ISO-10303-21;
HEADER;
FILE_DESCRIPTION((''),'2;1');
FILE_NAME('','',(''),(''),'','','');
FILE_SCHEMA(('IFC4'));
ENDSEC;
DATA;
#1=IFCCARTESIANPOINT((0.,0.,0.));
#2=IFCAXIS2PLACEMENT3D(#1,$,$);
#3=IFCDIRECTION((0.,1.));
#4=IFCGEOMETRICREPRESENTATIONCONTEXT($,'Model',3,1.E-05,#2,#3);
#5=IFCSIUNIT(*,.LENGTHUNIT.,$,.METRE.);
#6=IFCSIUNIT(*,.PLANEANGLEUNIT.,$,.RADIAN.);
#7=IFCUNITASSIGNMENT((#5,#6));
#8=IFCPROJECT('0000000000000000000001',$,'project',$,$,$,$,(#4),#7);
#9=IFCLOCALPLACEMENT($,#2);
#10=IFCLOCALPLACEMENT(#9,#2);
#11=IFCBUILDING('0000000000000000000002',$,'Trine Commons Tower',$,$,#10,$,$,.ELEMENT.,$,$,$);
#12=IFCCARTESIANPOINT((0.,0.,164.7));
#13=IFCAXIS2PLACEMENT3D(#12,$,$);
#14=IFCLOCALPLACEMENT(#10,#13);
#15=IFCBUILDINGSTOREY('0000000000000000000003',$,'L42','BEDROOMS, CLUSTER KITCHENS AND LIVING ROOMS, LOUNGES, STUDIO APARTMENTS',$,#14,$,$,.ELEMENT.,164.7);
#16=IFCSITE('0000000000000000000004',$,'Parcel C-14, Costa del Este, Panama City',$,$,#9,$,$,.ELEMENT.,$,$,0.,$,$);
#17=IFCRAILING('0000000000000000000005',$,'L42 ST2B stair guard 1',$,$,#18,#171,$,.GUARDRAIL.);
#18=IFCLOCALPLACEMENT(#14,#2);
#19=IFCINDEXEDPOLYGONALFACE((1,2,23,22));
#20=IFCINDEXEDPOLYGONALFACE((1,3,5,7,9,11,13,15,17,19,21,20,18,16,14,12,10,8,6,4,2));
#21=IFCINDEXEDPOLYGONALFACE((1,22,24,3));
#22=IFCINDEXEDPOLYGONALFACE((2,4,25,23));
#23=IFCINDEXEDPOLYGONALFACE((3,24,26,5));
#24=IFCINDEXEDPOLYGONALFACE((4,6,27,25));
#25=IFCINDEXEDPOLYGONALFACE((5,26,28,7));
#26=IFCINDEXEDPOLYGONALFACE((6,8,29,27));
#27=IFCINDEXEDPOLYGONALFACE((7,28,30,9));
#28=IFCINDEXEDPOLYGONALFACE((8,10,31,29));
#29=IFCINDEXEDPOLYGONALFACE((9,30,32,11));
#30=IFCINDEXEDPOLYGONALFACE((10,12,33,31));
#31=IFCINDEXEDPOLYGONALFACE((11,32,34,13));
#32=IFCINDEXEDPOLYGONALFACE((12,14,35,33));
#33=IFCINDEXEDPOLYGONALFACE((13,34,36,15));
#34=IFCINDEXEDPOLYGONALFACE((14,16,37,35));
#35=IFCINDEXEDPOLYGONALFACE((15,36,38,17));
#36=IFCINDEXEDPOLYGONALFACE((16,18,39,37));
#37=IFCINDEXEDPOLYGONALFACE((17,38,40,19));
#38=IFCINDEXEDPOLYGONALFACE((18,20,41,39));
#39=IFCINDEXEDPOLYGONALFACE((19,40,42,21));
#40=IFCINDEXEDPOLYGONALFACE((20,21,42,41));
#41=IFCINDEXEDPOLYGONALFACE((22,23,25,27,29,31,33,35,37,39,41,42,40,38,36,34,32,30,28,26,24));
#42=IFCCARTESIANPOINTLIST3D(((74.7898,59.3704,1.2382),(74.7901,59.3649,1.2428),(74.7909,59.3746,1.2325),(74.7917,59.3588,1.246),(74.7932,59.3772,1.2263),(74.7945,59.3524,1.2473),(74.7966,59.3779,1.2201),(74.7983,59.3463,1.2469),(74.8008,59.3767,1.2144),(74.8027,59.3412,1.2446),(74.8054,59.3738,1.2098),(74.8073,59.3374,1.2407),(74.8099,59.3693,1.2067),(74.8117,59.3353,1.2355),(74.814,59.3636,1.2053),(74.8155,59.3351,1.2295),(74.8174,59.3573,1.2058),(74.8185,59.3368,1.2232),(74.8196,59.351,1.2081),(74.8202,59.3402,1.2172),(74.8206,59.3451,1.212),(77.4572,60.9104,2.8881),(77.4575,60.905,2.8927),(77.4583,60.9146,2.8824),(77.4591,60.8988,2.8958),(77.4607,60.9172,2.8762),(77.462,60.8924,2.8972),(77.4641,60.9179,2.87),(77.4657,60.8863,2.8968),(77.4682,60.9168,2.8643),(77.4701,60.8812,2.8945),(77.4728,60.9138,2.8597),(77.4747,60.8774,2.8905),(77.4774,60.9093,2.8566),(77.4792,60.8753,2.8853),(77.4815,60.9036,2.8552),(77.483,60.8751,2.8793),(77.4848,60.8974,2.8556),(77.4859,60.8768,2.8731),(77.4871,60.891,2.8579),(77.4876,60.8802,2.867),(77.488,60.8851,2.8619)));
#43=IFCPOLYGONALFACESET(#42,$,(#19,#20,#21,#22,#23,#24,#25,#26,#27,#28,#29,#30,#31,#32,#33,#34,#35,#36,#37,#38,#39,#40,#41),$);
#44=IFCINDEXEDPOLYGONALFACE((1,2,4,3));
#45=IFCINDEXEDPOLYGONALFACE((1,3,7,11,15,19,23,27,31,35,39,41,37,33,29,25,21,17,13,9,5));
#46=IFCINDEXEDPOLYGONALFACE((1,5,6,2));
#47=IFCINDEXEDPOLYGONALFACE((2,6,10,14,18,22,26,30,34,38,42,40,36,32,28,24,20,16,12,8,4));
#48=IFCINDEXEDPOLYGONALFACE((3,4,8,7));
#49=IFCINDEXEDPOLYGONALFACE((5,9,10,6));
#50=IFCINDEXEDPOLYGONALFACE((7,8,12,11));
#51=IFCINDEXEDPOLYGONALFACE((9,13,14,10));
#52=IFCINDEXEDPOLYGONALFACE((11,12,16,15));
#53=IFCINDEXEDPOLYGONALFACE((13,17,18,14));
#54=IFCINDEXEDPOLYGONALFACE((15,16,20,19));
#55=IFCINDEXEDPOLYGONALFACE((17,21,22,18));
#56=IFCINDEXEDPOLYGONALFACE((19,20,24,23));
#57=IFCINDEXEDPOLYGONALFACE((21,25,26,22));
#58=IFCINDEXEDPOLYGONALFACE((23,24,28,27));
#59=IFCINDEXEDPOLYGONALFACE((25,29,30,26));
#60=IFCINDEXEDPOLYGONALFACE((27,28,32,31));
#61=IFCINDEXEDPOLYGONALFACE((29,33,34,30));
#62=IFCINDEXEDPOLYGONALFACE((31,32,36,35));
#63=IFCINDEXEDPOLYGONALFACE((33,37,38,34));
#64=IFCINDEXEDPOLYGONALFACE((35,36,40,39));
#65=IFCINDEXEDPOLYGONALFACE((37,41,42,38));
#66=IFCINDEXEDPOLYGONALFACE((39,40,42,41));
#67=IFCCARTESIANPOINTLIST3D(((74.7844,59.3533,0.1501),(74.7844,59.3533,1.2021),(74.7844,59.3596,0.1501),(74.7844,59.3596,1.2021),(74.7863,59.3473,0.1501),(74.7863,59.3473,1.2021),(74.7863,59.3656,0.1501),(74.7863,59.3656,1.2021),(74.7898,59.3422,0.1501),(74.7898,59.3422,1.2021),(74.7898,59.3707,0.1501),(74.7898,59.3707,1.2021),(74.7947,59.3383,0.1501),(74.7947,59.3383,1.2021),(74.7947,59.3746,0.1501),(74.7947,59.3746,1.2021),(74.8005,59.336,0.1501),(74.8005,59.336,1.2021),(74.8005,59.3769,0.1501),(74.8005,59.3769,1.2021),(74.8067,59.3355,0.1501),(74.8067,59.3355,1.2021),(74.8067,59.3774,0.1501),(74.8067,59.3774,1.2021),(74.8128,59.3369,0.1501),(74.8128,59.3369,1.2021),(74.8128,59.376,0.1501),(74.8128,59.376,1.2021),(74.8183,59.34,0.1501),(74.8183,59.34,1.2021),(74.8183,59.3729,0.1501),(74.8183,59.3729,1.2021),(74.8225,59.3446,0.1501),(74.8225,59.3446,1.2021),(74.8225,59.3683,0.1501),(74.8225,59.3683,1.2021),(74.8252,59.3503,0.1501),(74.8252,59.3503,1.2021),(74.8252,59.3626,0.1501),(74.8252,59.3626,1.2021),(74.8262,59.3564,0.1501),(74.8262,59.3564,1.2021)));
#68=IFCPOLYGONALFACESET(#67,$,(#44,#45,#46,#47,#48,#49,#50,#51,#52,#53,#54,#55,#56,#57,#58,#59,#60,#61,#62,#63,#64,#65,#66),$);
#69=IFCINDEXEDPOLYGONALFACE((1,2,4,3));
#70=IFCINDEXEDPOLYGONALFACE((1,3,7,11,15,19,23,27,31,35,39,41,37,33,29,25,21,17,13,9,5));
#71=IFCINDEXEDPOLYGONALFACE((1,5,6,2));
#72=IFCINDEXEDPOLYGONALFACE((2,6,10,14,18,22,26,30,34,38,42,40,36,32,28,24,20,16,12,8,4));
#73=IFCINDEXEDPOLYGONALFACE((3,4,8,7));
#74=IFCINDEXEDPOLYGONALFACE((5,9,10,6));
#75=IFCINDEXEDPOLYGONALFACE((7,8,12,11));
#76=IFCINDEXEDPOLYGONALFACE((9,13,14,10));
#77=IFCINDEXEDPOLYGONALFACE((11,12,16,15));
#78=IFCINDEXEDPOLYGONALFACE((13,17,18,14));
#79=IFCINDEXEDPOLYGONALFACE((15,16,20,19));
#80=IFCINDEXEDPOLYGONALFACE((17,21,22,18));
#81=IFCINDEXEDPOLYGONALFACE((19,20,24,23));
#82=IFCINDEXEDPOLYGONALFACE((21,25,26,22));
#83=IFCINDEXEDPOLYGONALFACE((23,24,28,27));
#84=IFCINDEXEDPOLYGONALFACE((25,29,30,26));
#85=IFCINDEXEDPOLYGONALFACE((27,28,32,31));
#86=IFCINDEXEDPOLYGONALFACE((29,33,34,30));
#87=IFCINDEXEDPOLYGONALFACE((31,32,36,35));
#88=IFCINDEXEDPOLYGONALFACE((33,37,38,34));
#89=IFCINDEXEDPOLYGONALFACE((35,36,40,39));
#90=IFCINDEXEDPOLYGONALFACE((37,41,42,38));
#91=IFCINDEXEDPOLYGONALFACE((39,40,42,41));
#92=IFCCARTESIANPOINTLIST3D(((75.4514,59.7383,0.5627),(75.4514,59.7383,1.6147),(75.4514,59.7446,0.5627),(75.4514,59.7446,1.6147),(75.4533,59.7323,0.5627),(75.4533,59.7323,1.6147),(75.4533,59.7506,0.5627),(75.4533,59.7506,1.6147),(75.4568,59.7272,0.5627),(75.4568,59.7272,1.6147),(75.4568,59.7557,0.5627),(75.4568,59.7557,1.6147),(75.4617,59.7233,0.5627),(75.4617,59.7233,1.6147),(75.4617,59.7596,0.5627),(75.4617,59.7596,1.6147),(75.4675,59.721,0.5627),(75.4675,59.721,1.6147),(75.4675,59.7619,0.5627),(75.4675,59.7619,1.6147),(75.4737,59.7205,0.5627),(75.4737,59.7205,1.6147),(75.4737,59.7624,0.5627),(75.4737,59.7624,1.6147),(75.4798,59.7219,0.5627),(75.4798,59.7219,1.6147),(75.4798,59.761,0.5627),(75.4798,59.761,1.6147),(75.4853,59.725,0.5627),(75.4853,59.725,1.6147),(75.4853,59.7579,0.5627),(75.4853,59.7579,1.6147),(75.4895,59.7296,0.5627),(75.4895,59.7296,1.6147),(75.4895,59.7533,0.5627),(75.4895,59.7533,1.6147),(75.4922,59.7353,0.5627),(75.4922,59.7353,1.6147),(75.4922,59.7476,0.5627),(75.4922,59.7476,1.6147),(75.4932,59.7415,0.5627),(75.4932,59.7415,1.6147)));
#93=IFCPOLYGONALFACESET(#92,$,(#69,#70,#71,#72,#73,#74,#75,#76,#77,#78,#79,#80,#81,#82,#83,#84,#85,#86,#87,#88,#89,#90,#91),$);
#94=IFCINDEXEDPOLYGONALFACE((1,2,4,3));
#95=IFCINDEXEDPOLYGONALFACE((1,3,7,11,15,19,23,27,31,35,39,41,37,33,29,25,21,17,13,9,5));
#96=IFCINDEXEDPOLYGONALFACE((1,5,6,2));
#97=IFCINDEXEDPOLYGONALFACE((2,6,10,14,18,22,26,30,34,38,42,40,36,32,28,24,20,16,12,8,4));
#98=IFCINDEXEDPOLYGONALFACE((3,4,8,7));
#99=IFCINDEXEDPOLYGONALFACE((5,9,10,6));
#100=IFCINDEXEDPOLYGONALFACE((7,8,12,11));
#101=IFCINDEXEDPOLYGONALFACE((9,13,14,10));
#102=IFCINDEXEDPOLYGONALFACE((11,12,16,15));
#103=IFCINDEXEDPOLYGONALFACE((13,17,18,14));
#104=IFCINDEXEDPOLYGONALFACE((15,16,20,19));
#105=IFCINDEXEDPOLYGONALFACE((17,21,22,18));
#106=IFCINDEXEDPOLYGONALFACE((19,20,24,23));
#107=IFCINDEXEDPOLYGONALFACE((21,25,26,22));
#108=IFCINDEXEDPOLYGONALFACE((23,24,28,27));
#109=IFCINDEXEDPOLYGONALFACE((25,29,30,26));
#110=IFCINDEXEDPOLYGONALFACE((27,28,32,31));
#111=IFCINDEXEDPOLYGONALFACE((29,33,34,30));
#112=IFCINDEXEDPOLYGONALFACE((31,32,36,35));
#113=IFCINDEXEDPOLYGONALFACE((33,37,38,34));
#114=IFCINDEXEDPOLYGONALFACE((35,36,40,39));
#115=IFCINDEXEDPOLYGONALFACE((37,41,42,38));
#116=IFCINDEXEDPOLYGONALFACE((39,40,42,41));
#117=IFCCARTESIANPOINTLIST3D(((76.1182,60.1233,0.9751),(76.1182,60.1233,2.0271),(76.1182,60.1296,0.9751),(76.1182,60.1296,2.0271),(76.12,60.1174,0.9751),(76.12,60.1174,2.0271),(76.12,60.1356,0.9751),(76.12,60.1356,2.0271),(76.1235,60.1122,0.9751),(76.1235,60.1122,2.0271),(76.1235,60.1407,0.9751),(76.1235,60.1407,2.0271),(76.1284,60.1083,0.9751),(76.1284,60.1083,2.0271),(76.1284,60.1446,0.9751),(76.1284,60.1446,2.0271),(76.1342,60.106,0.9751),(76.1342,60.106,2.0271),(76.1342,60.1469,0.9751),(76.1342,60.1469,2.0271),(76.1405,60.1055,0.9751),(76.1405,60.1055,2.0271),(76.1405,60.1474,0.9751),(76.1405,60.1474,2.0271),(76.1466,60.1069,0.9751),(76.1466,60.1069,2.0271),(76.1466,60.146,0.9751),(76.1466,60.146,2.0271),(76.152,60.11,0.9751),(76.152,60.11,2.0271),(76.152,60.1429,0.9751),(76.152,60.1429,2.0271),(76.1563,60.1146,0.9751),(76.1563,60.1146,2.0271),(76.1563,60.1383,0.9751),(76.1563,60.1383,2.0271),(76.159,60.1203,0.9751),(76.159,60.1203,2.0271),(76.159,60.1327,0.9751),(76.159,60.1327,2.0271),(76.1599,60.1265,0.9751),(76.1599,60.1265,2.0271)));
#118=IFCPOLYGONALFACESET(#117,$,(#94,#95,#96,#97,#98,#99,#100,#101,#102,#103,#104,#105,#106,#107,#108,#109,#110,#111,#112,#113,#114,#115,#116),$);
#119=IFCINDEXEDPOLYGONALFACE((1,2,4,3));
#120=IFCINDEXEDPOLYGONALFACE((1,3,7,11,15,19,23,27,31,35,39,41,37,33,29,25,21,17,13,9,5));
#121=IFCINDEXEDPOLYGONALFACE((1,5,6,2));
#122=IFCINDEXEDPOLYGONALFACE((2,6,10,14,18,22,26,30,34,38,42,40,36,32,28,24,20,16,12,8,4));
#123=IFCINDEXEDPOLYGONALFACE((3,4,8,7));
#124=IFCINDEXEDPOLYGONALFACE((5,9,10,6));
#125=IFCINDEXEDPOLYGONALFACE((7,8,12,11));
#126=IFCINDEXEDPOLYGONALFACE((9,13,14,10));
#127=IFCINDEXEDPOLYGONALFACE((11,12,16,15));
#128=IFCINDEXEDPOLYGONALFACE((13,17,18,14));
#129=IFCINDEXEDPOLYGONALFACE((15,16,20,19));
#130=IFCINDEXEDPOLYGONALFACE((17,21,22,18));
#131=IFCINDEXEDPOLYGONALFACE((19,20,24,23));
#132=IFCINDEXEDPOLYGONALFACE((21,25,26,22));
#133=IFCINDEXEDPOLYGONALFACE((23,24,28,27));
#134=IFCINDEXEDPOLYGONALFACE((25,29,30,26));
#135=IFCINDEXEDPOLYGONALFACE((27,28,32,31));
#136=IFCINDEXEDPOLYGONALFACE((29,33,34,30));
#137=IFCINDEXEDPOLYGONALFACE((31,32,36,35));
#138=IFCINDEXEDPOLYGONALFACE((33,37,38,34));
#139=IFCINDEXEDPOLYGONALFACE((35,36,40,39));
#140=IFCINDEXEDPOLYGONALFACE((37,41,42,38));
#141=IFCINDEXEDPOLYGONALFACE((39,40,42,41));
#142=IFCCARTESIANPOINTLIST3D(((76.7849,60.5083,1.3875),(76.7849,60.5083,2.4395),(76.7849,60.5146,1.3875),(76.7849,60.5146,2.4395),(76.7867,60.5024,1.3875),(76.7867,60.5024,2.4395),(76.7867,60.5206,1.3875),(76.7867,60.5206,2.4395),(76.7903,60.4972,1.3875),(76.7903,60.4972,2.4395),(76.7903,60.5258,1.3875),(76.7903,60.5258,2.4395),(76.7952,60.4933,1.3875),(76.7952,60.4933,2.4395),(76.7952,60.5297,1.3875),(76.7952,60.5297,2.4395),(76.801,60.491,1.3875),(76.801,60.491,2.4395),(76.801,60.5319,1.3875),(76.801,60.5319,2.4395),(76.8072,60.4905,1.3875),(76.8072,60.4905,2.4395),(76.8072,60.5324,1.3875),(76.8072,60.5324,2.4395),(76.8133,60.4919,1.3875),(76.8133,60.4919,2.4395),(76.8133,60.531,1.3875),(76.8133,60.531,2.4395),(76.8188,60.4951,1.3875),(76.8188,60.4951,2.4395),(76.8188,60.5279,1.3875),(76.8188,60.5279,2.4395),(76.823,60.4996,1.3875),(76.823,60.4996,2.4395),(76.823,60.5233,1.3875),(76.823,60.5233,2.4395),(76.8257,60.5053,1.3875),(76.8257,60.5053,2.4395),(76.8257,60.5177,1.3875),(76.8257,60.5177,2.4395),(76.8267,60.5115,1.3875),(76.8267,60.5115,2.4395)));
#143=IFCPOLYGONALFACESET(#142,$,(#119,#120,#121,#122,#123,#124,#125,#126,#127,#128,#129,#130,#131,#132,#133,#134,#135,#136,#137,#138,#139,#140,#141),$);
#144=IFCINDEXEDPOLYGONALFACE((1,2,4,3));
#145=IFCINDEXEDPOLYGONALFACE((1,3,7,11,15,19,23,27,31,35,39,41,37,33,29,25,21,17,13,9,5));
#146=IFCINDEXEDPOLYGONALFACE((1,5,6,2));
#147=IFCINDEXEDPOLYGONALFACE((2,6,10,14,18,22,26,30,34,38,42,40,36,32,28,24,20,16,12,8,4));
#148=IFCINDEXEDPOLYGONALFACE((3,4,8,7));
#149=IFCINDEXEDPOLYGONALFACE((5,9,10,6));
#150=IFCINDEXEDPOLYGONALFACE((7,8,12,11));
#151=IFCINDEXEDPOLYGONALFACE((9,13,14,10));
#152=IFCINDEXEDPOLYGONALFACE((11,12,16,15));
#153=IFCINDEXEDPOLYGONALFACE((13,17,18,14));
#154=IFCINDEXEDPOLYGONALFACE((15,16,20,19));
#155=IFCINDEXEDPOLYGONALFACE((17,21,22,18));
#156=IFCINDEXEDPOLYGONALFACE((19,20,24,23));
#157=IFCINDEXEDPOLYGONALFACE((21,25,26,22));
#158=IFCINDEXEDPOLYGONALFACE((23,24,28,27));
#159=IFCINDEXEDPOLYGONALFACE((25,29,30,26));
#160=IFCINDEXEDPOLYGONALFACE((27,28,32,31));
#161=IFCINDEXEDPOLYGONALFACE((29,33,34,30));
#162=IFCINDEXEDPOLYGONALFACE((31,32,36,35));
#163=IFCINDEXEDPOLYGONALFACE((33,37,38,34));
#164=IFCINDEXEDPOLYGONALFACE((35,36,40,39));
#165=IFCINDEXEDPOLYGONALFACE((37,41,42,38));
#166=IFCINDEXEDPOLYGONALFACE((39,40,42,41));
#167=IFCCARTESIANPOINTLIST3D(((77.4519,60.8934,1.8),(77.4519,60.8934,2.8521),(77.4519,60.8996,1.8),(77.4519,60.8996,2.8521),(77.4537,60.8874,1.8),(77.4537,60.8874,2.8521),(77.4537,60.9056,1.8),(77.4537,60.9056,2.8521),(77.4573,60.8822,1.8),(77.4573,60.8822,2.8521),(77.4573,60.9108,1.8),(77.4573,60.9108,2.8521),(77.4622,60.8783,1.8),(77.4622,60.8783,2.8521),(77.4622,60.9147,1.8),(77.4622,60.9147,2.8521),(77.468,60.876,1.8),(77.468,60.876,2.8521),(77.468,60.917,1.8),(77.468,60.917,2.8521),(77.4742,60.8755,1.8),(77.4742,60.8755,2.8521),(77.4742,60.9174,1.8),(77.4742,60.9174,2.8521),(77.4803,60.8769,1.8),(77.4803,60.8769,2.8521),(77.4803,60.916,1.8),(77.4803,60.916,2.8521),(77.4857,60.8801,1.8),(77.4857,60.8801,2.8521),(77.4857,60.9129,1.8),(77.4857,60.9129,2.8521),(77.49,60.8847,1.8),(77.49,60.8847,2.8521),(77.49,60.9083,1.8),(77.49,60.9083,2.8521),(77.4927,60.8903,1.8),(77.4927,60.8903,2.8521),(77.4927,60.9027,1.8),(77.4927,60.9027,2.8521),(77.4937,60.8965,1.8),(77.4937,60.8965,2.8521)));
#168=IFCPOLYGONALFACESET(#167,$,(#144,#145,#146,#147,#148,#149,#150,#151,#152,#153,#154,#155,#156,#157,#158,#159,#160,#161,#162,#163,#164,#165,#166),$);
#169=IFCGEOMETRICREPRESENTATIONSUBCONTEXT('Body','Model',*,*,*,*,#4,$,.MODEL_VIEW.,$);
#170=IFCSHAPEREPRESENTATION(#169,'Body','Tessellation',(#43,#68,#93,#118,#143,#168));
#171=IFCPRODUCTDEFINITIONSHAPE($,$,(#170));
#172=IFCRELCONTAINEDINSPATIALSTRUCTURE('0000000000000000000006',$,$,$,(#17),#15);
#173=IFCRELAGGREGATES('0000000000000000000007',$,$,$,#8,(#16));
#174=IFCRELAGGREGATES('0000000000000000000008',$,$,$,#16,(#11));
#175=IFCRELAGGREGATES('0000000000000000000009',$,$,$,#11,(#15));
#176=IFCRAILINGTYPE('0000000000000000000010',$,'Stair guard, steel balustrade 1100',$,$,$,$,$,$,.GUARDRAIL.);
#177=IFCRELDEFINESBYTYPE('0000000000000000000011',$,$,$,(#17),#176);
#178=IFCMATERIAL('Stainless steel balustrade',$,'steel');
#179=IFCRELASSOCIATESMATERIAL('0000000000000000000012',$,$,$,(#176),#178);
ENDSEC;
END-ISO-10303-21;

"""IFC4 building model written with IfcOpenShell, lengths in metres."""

from ifc_helpers import new_model, si_unit, direction, frame, origin, origin_2d, place, context, subcontext, project, spatial, circle, extrude, material, type_object, element, save


model = new_model("IFC4")

# Units and contexts
model_context = context("Model", 3, precision=1e-05, world=origin(), true_north=direction((0.0, 1.0)))
body_context = subcontext(model_context, "Body", "Model", "MODEL_VIEW")
ifc_project = project(units=[si_unit("LENGTHUNIT", "METRE"), si_unit("PLANEANGLEUNIT", "RADIAN")], contexts=[model_context])

# Site, building, storey
site_placement = place(None, origin())
site = spatial("IfcSite", under=ifc_project, at=site_placement, Name="Parcel C-14, Costa del Este, Panama City", CompositionType="ELEMENT", RefElevation=0.0)
building_placement = place(site_placement, origin())
building = spatial("IfcBuilding", under=site, at=building_placement, Name="Trine Commons Tower", CompositionType="ELEMENT")
storey_placement = place(building_placement, frame((0.0, 0.0, 164.7)))
storey = spatial("IfcBuildingStorey", under=building, at=storey_placement, Name="L42", Description="BEDROOMS, CLUSTER KITCHENS AND LIVING ROOMS, LOUNGES, STUDIO APARTMENTS", CompositionType="ELEMENT", Elevation=164.7)

# Railing
ifc_material_1 = material(Name="Stainless steel balustrade", Category="steel")
railing_type_1 = type_object("IfcRailingType", Name="Stair guard, steel balustrade 1100", PredefinedType="GUARDRAIL", material=ifc_material_1)
railing_1_placement = place(storey_placement, frame((74.8052, 59.3564, 0.1501)))
element("IfcRailing", 1, at=railing_1_placement, inside=storey, type_object=railing_type_1, Name="L42 ST2B stair guard 1", PredefinedType="GUARDRAIL", context=body_context, shape_type="SweptSolid", body=[
    extrude(circle(Radius=0.0239, at=origin_2d()), frame((0.0, 0.0, 1.0762), z_axis=(0.763405, 0.440743, 0.472185), x_axis=(-0.499992, 0.86603, 0.0)), (0.0, 0.0, 1.0), 3.4941),
    extrude(circle(Radius=0.021, at=origin_2d()), origin(), (0.0, 0.0, 1.0), 1.052),
    extrude(circle(Radius=0.021, at=origin_2d()), frame((0.667, 0.385, 0.4126)), (0.0, 0.0, 1.0), 1.052),
    extrude(circle(Radius=0.021, at=origin_2d()), frame((1.3337, 0.77, 0.825)), (0.0, 0.0, 1.0), 1.052),
    extrude(circle(Radius=0.021, at=origin_2d()), frame((2.0005, 1.155, 1.2373)), (0.0, 0.0, 1.0), 1.052),
    extrude(circle(Radius=0.021, at=origin_2d()), frame((2.6675, 1.54, 1.6499)), (0.0, 0.0, 1.0), 1.052),
])

save(model, "model.ifc")
